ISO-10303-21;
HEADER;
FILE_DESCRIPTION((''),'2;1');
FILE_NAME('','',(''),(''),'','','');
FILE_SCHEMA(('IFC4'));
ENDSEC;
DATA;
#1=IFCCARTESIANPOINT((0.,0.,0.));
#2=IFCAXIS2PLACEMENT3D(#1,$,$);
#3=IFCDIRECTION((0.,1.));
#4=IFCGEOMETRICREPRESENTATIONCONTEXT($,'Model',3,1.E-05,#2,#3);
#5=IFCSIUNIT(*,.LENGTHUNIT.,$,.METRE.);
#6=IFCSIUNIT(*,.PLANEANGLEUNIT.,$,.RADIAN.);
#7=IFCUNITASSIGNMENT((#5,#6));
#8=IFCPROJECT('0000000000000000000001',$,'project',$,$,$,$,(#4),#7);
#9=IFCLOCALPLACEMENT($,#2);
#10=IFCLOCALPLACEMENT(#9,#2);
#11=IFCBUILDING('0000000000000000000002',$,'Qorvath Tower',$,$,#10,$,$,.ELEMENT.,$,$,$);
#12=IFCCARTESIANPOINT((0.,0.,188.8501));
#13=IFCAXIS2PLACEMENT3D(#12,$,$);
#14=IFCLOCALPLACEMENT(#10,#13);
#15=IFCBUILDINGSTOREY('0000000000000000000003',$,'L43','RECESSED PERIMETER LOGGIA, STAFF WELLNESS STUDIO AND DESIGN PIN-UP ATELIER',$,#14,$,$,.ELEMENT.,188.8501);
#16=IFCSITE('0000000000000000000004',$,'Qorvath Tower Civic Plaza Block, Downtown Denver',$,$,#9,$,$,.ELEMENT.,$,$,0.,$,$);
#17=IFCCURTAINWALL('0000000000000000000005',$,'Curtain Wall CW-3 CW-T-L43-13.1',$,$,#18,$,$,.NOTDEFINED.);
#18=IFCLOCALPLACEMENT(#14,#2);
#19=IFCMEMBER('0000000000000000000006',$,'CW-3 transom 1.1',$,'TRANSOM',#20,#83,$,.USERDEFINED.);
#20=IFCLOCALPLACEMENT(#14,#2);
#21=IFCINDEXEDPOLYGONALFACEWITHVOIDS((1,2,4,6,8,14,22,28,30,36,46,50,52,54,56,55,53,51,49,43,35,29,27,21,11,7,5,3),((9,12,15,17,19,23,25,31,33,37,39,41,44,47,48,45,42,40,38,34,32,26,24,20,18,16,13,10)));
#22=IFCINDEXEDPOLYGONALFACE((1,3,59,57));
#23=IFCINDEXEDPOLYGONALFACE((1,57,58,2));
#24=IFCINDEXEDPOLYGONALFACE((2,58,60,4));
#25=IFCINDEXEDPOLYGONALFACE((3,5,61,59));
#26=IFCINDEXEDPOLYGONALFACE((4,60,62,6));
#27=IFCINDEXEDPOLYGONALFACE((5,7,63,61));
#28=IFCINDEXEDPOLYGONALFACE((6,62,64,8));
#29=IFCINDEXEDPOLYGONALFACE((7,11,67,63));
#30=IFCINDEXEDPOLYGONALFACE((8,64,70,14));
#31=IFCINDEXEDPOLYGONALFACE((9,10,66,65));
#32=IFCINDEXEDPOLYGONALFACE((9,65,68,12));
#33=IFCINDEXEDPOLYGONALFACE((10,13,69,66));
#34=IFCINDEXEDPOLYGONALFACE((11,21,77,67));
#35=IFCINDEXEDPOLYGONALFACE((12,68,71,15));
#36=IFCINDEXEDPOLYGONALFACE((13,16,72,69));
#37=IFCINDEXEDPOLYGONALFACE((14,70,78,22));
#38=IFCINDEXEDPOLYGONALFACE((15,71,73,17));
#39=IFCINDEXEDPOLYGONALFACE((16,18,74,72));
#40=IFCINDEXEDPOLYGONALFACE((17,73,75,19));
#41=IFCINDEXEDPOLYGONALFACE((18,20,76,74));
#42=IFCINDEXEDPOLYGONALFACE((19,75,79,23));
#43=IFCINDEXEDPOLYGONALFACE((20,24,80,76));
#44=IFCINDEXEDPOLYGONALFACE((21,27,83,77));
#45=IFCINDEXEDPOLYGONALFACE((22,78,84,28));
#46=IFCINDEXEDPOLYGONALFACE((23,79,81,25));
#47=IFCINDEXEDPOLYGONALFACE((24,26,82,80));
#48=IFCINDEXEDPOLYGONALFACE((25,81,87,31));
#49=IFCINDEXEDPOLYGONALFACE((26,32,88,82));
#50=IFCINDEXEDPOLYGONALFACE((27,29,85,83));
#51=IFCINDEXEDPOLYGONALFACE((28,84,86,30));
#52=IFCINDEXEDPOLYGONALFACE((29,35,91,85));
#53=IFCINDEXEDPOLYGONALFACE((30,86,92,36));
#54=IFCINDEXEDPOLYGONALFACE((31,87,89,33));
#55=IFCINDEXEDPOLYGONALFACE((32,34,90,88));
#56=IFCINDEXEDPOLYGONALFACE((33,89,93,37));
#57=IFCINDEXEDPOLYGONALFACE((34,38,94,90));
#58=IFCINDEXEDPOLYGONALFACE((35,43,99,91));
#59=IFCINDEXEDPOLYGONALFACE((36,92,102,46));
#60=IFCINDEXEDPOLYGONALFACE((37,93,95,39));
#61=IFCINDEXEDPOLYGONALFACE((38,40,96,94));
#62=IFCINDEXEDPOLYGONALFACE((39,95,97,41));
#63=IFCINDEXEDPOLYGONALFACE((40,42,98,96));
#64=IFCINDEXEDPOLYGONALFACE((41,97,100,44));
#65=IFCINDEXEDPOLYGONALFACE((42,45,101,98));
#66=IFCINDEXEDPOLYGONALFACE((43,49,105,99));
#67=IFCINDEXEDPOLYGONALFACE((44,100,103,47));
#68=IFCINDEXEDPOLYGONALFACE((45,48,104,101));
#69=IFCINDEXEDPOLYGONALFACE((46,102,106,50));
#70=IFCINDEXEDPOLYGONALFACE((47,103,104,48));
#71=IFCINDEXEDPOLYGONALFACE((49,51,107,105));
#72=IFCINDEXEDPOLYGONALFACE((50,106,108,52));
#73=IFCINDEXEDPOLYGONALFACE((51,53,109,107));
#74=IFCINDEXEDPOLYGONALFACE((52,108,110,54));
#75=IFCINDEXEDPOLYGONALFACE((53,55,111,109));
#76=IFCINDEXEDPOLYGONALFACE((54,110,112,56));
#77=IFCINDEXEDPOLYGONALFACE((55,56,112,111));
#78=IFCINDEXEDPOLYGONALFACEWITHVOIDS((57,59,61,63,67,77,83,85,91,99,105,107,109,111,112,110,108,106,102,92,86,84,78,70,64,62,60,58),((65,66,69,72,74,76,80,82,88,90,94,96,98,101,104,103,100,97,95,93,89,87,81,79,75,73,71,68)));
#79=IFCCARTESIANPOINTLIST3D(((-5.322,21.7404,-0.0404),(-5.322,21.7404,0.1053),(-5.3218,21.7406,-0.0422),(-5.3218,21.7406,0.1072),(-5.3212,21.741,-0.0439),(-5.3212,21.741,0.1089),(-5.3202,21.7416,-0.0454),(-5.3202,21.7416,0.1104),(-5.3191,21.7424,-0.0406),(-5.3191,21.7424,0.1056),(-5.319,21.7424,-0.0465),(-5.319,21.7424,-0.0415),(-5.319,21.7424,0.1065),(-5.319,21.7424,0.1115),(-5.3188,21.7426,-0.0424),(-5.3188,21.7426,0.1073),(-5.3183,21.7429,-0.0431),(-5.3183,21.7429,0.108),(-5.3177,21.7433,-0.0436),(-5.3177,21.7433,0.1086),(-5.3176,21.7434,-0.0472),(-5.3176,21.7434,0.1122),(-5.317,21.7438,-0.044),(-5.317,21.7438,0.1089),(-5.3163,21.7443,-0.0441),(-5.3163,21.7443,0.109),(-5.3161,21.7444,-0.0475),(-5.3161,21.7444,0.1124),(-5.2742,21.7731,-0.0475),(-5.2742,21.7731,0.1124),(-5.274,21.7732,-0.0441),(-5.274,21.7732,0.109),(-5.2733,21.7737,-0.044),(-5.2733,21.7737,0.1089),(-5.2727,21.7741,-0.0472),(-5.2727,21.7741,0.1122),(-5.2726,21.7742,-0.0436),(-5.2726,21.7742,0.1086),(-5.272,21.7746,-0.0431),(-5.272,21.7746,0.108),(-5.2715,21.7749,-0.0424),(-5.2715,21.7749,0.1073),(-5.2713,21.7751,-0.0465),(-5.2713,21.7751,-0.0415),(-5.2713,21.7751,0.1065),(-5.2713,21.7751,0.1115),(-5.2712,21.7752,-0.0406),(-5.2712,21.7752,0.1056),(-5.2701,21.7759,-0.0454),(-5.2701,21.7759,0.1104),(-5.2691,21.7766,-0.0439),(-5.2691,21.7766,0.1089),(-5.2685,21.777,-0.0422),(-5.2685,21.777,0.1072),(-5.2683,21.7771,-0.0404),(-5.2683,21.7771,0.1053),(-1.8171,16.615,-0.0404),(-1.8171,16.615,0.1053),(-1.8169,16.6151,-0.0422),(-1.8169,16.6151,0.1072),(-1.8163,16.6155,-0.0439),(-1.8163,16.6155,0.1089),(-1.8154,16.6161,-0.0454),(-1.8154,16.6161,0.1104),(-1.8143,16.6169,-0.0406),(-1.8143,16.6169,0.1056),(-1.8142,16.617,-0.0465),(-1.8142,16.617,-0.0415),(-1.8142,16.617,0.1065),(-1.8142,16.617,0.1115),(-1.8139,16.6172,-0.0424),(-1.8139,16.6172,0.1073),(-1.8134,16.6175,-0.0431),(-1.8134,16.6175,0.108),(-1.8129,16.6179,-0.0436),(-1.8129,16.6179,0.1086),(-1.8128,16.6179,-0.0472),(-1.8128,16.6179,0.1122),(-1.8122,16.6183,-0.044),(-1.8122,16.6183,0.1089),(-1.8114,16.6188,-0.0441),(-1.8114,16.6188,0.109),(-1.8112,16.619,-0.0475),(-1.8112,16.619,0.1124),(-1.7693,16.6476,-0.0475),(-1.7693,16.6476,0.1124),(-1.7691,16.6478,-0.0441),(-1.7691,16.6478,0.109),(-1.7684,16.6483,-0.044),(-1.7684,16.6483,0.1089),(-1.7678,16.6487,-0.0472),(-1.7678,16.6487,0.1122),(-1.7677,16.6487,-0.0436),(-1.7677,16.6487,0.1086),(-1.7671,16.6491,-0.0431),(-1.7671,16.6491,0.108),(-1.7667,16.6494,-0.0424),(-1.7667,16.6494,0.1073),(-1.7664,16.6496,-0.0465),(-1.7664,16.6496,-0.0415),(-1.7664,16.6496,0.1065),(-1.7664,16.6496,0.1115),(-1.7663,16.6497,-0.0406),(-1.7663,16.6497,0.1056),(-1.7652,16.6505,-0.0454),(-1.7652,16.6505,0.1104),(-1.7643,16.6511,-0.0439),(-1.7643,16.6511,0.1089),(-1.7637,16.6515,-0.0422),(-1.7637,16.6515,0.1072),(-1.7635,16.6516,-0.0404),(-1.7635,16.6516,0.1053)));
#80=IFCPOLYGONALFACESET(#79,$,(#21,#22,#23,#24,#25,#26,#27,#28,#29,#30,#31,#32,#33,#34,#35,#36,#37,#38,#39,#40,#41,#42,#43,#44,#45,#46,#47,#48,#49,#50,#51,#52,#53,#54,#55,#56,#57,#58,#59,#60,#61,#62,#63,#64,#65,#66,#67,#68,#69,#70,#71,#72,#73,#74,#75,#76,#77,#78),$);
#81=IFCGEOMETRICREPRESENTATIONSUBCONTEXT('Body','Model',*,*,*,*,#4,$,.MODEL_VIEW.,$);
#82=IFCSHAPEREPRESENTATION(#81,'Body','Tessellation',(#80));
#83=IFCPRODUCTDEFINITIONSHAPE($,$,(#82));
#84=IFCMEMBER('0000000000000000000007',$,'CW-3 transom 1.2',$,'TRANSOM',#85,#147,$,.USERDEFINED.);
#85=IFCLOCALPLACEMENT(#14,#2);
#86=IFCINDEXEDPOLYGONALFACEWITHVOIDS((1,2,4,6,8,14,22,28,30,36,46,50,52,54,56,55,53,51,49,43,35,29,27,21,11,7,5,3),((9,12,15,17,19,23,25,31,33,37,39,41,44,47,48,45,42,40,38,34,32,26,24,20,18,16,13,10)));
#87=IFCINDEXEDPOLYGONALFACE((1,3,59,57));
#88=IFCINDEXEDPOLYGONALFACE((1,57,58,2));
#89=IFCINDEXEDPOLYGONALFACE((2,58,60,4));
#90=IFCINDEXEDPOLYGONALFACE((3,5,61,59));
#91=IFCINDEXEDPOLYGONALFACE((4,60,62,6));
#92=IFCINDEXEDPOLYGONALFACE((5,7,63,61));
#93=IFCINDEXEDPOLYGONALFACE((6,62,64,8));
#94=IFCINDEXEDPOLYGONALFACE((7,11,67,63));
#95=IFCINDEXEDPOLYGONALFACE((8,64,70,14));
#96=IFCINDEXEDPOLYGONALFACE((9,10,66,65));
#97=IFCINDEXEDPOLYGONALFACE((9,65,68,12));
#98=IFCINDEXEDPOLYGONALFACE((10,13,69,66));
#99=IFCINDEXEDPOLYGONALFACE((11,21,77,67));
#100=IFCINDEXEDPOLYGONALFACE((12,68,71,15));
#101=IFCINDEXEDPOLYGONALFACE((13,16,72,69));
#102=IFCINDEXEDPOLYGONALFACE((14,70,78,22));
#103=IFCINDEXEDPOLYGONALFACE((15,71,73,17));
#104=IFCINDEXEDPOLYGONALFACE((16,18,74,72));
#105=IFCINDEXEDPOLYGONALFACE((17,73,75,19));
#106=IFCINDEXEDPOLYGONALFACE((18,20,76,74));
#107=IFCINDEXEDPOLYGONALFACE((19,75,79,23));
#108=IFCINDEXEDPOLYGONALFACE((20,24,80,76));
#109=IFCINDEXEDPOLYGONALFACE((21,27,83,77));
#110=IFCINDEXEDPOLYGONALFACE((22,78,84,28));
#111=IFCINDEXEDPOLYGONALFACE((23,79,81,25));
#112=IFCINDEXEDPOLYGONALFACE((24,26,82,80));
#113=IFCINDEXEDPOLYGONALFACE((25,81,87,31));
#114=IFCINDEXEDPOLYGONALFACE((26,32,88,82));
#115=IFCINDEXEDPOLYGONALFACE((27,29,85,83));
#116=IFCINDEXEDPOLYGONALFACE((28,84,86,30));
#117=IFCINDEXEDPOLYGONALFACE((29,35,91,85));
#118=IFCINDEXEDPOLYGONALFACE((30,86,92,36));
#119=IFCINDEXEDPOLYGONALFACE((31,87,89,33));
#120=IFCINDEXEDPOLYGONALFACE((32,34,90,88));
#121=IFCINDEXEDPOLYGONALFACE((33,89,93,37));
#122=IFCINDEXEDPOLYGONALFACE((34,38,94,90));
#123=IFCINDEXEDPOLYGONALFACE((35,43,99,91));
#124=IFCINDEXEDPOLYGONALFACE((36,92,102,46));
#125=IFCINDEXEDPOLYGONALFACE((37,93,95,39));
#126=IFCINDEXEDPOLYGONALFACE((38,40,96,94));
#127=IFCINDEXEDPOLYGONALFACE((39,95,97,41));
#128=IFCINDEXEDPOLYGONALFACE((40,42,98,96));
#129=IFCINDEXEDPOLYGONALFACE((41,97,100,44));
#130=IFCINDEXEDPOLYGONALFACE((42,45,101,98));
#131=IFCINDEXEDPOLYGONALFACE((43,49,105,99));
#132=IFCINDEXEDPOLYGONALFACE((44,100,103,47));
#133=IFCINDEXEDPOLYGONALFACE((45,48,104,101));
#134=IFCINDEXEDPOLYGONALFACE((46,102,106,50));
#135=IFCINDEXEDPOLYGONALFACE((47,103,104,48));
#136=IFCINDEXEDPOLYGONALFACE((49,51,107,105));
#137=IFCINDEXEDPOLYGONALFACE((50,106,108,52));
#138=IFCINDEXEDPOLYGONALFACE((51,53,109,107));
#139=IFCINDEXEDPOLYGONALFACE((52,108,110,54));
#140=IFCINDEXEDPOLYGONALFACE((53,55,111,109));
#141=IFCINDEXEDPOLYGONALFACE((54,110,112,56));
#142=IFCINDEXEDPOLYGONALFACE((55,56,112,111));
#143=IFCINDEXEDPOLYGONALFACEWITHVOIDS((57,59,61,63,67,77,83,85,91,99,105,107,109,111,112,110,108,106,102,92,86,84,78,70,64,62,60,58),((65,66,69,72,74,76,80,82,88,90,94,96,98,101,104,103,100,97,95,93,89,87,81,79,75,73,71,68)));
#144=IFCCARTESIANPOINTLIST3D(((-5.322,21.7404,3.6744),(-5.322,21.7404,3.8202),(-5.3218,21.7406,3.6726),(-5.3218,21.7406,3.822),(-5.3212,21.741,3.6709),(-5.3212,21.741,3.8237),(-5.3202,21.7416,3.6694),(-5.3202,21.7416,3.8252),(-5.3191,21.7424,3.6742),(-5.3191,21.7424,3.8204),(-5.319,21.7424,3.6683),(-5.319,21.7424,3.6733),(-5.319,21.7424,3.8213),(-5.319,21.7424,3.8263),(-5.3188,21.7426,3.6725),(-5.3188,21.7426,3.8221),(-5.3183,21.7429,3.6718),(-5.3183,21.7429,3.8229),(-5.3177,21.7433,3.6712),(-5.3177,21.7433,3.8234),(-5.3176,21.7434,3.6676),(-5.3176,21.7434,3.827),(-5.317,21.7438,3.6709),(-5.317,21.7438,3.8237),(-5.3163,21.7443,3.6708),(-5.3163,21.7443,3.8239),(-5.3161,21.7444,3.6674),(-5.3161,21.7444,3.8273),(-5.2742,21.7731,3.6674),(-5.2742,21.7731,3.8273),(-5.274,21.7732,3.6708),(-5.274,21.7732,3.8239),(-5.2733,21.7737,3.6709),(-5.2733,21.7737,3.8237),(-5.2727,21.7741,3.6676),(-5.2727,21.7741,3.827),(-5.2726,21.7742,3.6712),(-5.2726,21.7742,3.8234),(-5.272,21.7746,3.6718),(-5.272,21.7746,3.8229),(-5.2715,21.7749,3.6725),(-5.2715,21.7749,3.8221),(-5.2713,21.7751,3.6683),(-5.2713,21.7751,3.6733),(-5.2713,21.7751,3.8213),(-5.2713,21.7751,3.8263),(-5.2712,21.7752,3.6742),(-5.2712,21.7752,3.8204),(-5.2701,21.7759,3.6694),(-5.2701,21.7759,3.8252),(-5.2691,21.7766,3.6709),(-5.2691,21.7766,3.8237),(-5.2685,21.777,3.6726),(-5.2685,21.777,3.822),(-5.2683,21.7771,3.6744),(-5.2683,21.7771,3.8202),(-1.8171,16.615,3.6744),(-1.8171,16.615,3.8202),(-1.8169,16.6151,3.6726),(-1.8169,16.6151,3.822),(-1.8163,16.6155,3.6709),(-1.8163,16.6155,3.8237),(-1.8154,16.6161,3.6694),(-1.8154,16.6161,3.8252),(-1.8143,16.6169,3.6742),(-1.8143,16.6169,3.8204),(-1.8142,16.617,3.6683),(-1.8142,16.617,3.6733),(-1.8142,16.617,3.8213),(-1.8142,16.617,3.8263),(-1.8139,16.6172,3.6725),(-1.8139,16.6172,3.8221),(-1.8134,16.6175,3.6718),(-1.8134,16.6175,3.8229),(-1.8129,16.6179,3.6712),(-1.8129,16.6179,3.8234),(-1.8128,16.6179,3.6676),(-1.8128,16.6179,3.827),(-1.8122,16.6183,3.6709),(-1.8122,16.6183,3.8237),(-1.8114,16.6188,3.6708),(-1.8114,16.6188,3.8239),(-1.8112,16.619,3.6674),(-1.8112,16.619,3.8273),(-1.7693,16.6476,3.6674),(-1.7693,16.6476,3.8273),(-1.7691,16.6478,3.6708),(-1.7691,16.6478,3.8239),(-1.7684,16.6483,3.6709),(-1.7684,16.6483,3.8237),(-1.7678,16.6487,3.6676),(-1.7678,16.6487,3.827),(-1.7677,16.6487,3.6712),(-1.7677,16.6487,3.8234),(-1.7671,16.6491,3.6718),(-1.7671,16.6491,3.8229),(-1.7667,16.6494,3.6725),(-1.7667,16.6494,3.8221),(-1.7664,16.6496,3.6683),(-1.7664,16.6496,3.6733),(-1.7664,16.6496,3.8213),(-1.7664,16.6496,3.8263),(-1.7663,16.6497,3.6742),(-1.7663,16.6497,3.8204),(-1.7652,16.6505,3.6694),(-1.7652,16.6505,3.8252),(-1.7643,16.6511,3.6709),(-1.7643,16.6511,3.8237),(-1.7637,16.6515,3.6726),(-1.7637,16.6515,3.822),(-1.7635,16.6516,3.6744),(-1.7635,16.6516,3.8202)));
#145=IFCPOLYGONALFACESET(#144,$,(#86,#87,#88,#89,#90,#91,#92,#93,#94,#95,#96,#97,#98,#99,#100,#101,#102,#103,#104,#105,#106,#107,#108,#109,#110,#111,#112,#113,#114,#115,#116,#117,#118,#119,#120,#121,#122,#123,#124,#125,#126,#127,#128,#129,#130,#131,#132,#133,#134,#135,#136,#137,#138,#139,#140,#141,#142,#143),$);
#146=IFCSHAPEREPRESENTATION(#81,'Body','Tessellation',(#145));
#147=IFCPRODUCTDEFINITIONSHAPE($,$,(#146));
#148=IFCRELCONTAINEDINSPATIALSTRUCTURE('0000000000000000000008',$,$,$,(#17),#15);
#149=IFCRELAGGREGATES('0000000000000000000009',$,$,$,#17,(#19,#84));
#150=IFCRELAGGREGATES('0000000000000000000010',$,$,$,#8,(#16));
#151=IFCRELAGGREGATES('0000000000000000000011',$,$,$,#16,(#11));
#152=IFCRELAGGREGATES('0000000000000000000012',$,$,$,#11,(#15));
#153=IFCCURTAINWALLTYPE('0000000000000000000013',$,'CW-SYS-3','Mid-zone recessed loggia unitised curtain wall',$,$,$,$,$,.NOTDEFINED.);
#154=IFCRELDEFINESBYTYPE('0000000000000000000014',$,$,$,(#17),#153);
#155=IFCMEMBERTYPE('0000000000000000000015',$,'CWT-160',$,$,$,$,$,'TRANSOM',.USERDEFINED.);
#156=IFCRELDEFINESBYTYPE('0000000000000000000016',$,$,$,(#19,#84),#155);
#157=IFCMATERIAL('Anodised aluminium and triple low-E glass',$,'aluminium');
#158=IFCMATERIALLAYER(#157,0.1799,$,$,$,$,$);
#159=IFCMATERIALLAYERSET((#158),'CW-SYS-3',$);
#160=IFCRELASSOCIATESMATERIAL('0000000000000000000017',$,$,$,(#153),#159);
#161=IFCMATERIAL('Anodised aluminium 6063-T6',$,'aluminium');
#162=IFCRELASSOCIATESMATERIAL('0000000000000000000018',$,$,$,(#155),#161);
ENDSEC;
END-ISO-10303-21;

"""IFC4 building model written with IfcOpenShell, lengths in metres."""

from ifc_helpers import new_model, si_unit, direction, frame, origin, origin_2d, place, context, subcontext, project, spatial, hollow_rectangle, extrude, material, layer, layer_set, material_profile, profile_set, type_object, element, aggregate, save


model = new_model("IFC4")

# Units and contexts
model_context = context("Model", 3, precision=1e-05, world=origin(), true_north=direction((0.0, 1.0)))
body_context = subcontext(model_context, "Body", "Model", "MODEL_VIEW")
ifc_project = project(units=[si_unit("LENGTHUNIT", "METRE"), si_unit("PLANEANGLEUNIT", "RADIAN")], contexts=[model_context])

# Site, building, storey
site_placement = place(None, origin())
site = spatial("IfcSite", under=ifc_project, at=site_placement, Name="Qorvath Tower Civic Plaza Block, Downtown Denver", CompositionType="ELEMENT", RefElevation=0.0)
building_placement = place(site_placement, origin())
building = spatial("IfcBuilding", under=site, at=building_placement, Name="Qorvath Tower", CompositionType="ELEMENT")
storey_placement = place(building_placement, frame((0.0, 0.0, 188.8501)))
storey = spatial("IfcBuildingStorey", under=building, at=storey_placement, Name="L43", Description="RECESSED PERIMETER LOGGIA, STAFF WELLNESS STUDIO AND DESIGN PIN-UP ATELIER", CompositionType="ELEMENT", Elevation=188.8501)

# Shared definitions
ifc_material_1 = material(Name="Anodised aluminium and triple low-E glass", Category="aluminium")
ifc_layer_1 = layer(ifc_material_1, 0.1799)
ifc_layer_set_1 = layer_set([ifc_layer_1], Name="CW-SYS-3")
curtain_wall_type = type_object("IfcCurtainWallType", Name="CW-SYS-3", Description="Mid-zone recessed loggia unitised curtain wall", PredefinedType="NOTDEFINED", material=ifc_layer_set_1)

# Curtain wall
curtain_wall_1_placement = place(storey_placement, origin())
curtain_wall_1 = element("IfcCurtainWall", 1, at=curtain_wall_1_placement, inside=storey, type_object=curtain_wall_type, Name="Curtain Wall CW-3 CW-T-L43-13.1", PredefinedType="NOTDEFINED")

# Members
ifc_material_2 = material(Name="Anodised aluminium 6063-T6", Category="aluminium")
ifc_material_profile_1 = material_profile(ifc_material_2, hollow_rectangle(XDim=0.0649, YDim=0.1599, WallThickness=0.0034, InnerFilletRadius=0.0034, OuterFilletRadius=0.0071, at=origin_2d()), Name="CWT 160x65")
ifc_profile_set_1 = profile_set([ifc_material_profile_1], Name="Anodised aluminium 6063-T6")
member_type_1 = type_object("IfcMemberType", Name="CWT-160", ElementType="TRANSOM", PredefinedType="USERDEFINED", material=ifc_profile_set_1)
member_1_placement = place(storey_placement, frame((-1.7903, 16.6333, 0.0325), z_axis=(-0.564461, 0.82546, 0.0), x_axis=(-0.82546, -0.564461, 0.0)))
member_1 = element("IfcMember", 2, at=member_1_placement, type_object=member_type_1, Name="CW-3 transom 1.1", ObjectType="TRANSOM", PredefinedType="USERDEFINED", context=body_context, shape_type="SweptSolid", body=[
    extrude(hollow_rectangle(XDim=0.0649, YDim=0.1599, WallThickness=0.0034, InnerFilletRadius=0.0034, OuterFilletRadius=0.0071, at=origin_2d()), origin(), (0.0, 0.0, 1.0), 6.2092),
])
member_2_placement = place(storey_placement, frame((-1.7903, 16.6333, 3.7473), z_axis=(-0.564461, 0.82546, 0.0), x_axis=(-0.82546, -0.564461, 0.0)))
member_2 = element("IfcMember", 3, at=member_2_placement, type_object=member_type_1, Name="CW-3 transom 1.2", ObjectType="TRANSOM", PredefinedType="USERDEFINED", context=body_context, shape_type="SweptSolid", body=[
    extrude(hollow_rectangle(XDim=0.0649, YDim=0.1599, WallThickness=0.0034, InnerFilletRadius=0.0034, OuterFilletRadius=0.0071, at=origin_2d()), origin(), (0.0, 0.0, 1.0), 6.2092),
])

aggregate(curtain_wall_1, [member_1, member_2])

save(model, "model.ifc")
